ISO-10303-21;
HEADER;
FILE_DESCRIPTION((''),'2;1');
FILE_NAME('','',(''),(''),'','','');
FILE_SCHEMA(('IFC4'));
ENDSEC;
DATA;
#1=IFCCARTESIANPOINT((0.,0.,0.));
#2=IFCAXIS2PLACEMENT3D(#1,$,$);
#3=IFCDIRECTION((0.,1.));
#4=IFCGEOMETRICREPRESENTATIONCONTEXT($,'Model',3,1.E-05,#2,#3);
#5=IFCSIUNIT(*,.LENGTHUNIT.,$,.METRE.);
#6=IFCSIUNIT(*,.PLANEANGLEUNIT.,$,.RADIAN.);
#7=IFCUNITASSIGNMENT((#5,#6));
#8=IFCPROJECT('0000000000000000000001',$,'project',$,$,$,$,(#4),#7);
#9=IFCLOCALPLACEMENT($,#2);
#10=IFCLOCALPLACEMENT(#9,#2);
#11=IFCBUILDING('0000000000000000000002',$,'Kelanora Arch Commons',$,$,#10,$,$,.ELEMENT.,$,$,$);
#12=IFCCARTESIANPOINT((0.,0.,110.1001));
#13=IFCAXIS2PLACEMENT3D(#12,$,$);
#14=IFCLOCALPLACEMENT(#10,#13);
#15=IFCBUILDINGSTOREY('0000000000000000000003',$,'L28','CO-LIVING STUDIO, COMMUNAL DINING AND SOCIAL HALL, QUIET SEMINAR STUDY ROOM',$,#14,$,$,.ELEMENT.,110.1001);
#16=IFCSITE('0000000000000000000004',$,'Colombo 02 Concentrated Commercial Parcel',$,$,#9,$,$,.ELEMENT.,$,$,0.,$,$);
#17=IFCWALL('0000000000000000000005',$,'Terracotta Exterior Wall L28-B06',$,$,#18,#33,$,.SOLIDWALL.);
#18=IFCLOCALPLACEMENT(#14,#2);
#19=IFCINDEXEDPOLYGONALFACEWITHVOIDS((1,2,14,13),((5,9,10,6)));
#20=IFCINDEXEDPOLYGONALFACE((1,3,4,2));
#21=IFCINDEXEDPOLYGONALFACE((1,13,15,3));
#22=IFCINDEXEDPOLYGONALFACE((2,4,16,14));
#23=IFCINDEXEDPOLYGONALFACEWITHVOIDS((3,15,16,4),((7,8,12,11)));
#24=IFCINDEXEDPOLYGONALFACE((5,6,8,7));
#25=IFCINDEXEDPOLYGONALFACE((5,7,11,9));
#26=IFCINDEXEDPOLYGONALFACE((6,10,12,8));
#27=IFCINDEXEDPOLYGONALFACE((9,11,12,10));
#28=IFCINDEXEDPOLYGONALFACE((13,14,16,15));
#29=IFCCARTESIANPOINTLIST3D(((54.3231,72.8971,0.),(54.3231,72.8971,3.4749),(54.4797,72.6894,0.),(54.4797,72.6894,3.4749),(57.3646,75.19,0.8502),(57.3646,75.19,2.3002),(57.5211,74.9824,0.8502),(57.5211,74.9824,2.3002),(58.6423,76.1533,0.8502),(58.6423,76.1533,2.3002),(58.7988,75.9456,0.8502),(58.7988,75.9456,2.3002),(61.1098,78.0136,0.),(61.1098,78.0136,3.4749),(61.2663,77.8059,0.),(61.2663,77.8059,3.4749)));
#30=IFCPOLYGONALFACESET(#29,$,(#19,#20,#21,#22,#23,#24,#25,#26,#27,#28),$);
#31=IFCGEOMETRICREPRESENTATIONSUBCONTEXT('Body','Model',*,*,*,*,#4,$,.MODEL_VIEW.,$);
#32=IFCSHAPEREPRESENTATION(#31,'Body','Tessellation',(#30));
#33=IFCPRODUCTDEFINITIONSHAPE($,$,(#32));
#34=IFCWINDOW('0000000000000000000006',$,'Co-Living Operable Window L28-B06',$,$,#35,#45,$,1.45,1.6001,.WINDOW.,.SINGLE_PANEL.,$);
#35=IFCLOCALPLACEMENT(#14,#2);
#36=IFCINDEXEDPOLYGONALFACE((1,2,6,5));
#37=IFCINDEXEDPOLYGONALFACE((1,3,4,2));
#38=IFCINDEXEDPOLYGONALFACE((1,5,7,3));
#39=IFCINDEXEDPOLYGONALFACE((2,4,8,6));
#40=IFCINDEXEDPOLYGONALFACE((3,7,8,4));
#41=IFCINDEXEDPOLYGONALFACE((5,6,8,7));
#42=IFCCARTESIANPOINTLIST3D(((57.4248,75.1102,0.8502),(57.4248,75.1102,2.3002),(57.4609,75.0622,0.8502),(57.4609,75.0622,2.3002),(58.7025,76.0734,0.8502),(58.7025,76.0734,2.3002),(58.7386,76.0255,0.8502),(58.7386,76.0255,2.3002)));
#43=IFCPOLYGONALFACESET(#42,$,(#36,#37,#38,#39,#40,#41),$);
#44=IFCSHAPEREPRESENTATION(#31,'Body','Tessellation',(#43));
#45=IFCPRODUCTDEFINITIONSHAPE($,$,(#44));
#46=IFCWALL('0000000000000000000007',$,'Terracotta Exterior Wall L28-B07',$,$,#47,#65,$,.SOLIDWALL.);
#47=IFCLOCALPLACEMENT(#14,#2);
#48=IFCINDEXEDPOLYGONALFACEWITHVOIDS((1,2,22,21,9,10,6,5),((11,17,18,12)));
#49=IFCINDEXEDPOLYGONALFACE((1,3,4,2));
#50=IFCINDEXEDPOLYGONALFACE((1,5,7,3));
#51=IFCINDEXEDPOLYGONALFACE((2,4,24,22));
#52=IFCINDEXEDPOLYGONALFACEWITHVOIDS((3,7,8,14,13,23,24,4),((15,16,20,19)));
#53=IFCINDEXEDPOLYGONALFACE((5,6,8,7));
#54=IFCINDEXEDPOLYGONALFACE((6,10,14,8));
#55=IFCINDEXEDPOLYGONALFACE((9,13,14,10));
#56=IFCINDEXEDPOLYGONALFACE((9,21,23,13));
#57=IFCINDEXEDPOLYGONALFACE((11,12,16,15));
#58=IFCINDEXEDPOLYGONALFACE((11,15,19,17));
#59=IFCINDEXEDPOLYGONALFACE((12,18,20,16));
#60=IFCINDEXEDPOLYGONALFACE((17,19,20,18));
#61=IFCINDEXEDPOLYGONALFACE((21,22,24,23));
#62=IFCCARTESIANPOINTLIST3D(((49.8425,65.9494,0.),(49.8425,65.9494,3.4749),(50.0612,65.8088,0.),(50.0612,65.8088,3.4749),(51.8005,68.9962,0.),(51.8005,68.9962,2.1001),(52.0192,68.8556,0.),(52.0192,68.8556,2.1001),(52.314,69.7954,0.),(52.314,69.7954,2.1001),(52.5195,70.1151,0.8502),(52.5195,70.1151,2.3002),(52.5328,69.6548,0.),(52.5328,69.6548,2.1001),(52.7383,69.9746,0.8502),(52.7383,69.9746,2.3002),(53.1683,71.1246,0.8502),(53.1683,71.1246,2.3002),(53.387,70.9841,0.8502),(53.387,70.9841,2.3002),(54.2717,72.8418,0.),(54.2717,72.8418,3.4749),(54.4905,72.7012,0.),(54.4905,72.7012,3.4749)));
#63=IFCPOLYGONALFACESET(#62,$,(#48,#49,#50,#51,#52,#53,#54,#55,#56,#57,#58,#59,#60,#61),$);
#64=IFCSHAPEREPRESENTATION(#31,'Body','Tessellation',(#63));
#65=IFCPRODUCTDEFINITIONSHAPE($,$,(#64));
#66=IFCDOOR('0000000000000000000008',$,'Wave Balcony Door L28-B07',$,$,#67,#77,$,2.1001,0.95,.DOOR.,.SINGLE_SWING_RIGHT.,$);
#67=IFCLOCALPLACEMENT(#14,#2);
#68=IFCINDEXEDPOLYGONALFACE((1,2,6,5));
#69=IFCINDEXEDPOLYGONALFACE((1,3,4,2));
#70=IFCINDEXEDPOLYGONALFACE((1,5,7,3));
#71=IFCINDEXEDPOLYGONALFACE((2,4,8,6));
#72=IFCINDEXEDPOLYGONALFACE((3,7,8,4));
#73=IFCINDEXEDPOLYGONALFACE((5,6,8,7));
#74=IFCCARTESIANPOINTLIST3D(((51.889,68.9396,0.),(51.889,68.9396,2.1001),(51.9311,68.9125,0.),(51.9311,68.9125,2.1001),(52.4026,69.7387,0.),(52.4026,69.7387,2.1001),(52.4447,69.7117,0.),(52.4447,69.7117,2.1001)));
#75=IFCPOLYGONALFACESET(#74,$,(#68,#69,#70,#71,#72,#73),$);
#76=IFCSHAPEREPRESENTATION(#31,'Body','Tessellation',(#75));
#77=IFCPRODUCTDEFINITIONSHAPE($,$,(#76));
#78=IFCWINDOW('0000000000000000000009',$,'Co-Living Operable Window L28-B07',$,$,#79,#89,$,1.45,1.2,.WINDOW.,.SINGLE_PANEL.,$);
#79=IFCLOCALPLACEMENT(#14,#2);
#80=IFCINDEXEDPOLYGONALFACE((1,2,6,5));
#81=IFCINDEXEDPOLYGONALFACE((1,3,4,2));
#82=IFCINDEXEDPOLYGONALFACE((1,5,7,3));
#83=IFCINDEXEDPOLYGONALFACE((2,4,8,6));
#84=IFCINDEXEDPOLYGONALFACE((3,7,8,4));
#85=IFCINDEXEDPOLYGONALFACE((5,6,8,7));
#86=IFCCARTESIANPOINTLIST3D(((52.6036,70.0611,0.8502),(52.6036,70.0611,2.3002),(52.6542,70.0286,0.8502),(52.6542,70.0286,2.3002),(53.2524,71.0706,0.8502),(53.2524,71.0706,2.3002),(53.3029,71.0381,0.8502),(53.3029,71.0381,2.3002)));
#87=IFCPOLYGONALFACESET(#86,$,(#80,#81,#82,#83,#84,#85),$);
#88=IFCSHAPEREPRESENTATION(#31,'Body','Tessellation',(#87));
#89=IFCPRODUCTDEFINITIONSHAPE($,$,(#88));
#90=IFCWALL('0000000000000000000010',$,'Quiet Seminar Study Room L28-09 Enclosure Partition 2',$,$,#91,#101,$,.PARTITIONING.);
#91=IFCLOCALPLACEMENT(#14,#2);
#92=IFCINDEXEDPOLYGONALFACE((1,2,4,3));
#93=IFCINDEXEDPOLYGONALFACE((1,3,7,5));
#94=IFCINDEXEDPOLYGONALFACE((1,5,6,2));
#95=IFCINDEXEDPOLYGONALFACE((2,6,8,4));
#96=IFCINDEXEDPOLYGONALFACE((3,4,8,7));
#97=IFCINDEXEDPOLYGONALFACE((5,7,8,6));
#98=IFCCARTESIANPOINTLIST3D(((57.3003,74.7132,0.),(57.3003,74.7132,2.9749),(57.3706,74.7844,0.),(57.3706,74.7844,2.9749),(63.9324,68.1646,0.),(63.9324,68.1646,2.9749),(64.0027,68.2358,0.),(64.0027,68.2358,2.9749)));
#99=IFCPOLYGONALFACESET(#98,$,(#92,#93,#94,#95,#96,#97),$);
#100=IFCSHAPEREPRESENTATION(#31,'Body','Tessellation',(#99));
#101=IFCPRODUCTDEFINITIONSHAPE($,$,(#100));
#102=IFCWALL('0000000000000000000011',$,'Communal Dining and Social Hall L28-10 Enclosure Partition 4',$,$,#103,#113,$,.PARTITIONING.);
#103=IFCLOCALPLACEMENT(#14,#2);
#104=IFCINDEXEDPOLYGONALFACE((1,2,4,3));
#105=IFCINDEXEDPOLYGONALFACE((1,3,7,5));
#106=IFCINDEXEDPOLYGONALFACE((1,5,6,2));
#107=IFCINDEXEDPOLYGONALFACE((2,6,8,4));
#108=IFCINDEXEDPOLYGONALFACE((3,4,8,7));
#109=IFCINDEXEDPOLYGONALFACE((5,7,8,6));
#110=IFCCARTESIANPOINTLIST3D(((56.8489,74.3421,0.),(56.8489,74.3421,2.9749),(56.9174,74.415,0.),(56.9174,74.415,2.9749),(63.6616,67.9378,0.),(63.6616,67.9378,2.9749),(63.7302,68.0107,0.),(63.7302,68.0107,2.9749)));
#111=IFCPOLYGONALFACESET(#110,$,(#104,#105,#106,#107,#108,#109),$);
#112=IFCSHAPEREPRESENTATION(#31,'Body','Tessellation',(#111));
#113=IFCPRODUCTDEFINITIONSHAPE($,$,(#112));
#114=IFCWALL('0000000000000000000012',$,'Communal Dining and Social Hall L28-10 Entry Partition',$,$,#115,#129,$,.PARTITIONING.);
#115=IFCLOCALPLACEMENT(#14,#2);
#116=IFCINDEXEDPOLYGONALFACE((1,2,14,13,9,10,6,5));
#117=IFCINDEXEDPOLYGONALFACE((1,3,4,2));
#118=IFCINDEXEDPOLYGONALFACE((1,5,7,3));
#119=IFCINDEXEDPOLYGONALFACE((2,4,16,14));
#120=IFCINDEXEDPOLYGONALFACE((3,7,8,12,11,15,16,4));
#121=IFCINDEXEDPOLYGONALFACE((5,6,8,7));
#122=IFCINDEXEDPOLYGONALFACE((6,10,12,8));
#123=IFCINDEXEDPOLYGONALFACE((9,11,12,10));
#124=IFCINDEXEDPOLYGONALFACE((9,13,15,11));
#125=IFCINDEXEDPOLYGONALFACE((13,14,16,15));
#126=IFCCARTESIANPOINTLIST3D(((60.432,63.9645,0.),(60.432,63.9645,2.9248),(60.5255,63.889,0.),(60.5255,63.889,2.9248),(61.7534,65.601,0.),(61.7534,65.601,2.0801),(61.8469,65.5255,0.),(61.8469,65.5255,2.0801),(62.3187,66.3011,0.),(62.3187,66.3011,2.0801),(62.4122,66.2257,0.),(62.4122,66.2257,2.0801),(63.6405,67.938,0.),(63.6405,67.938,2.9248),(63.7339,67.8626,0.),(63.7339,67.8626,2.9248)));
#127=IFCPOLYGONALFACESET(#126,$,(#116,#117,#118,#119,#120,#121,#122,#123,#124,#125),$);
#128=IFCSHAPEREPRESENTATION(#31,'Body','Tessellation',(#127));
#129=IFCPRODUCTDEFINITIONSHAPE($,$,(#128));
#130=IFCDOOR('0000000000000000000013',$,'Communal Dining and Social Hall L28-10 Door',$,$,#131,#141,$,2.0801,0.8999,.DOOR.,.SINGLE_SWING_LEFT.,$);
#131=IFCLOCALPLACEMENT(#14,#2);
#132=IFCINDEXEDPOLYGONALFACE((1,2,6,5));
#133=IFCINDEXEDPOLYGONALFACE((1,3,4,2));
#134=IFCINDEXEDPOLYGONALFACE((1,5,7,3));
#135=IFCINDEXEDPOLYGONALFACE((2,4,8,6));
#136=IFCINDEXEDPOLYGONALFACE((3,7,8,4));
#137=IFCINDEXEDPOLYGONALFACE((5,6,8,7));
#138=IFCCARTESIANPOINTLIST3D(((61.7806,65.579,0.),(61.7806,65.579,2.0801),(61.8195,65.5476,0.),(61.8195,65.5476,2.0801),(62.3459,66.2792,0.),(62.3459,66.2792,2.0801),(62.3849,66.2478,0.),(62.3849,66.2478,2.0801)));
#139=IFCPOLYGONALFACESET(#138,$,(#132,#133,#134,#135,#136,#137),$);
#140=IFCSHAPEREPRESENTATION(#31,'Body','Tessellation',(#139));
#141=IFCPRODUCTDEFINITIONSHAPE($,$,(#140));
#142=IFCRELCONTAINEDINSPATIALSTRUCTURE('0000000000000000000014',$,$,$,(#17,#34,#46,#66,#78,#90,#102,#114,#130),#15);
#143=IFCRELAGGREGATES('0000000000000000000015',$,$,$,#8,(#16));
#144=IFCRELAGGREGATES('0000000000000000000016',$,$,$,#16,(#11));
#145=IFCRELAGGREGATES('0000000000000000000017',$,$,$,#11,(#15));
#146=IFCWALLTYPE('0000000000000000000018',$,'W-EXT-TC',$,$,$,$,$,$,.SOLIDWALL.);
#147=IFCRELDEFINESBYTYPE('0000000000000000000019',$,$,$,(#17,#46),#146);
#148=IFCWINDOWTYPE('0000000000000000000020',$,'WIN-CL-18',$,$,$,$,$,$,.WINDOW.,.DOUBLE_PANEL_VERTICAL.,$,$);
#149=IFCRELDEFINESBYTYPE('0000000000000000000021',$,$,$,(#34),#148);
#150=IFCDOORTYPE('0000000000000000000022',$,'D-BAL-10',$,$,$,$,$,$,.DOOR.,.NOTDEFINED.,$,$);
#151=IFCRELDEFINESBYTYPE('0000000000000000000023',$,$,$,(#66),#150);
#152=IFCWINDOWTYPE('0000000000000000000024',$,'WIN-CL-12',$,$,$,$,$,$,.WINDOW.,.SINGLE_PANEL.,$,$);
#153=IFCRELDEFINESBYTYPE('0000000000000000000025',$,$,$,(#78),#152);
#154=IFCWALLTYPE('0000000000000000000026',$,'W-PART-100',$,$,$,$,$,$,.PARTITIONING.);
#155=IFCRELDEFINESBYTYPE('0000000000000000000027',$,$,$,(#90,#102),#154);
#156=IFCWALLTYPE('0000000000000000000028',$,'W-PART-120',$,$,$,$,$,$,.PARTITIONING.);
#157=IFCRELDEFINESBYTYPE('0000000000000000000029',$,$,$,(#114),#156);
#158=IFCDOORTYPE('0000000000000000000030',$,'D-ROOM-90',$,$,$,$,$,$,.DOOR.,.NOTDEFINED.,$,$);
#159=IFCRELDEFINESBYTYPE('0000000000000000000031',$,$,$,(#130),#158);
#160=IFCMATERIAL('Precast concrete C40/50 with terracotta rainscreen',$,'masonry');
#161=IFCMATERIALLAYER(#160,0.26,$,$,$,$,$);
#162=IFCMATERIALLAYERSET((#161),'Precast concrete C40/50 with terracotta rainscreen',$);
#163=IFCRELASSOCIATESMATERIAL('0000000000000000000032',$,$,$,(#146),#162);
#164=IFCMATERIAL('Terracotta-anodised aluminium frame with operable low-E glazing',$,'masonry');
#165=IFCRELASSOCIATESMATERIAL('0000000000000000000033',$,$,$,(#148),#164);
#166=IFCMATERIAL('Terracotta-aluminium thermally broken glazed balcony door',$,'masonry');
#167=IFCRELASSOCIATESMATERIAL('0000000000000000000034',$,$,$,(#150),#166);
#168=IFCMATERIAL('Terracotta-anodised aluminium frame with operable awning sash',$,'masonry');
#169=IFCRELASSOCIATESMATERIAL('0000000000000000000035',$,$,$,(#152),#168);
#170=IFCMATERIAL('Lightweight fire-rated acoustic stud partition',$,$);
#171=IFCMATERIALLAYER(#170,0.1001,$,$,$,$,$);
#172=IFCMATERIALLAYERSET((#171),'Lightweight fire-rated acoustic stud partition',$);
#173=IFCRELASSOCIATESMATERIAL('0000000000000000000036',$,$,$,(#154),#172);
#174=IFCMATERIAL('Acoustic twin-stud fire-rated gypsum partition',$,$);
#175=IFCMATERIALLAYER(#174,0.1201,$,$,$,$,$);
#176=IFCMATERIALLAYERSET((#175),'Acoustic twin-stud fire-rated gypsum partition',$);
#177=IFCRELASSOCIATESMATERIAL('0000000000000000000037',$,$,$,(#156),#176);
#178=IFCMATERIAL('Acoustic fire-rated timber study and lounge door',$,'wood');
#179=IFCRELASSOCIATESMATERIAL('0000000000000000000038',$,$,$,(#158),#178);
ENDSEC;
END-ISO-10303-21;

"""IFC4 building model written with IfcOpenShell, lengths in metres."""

from ifc_helpers import new_model, si_unit, direction, frame, frame_2d, origin, place, context, subcontext, project, spatial, rectangle, extrude, material, layer, layer_set, type_object, element, fill, save


model = new_model("IFC4")

# Units and contexts
model_context = context("Model", 3, precision=1e-05, world=origin(), true_north=direction((0.0, 1.0)))
body_context = subcontext(model_context, "Body", "Model", "MODEL_VIEW")
ifc_project = project(units=[si_unit("LENGTHUNIT", "METRE"), si_unit("PLANEANGLEUNIT", "RADIAN")], contexts=[model_context])

# Site, building, storey
site_placement = place(None, origin())
site = spatial("IfcSite", under=ifc_project, at=site_placement, Name="Colombo 02 Concentrated Commercial Parcel", CompositionType="ELEMENT", RefElevation=0.0)
building_placement = place(site_placement, origin())
building = spatial("IfcBuilding", under=site, at=building_placement, Name="Kelanora Arch Commons", CompositionType="ELEMENT")
storey_placement = place(building_placement, frame((0.0, 0.0, 110.1001)))
storey = spatial("IfcBuildingStorey", under=building, at=storey_placement, Name="L28", Description="CO-LIVING STUDIO, COMMUNAL DINING AND SOCIAL HALL, QUIET SEMINAR STUDY ROOM", CompositionType="ELEMENT", Elevation=110.1001)

# Wall, opening, window
ifc_material_1 = material(Name="Precast concrete C40/50 with terracotta rainscreen", Category="masonry")
ifc_layer_1 = layer(ifc_material_1, 0.26)
ifc_layer_set_1 = layer_set([ifc_layer_1], Name="Precast concrete C40/50 with terracotta rainscreen")
wall_type_1 = type_object("IfcWallType", Name="W-EXT-TC", PredefinedType="SOLIDWALL", material=ifc_layer_set_1)
wall_1_placement = place(storey_placement, frame((61.188, 77.9097, 0.0), z_axis=(0.0, 0.0, 1.0), x_axis=(-0.798502, -0.601993, 0.0)))
wall_1 = element("IfcWall", 1, at=wall_1_placement, inside=storey, type_object=wall_type_1, Name="Terracotta Exterior Wall L28-B06", PredefinedType="SOLIDWALL", context=body_context, shape_type="SweptSolid", body=[
    extrude(rectangle(XDim=8.4993, YDim=0.26, at=frame_2d((4.2495, 0.0))), origin(), (0.0, 0.0, 1.0), 3.4749),
])
opening_1_placement = place(wall_1_placement, frame((3.0901, 0.0, 0.8501)))
opening_1 = element("IfcOpeningElement", 2, at=opening_1_placement, cuts=wall_1, PredefinedType="OPENING", context=body_context, shape_type="SweptSolid", body=[
    extrude(rectangle(XDim=1.6001, YDim=1.45, at=frame_2d((0.8, 0.7251))), frame((0.0, 0.1401, 0.0), z_axis=(0.0, -1.0, 0.0), x_axis=(1.0, 0.0, 0.0)), (0.0, 0.0, 1.0), 0.28),
])
ifc_material_2 = material(Name="Terracotta-anodised aluminium frame with operable low-E glazing", Category="masonry")
window_type_1 = type_object("IfcWindowType", Name="WIN-CL-18", PartitioningType="DOUBLE_PANEL_VERTICAL", PredefinedType="WINDOW", material=ifc_material_2)
window_1_placement = place(opening_1_placement, origin())
window_1 = element("IfcWindow", 3, at=window_1_placement, inside=storey, type_object=window_type_1, Name="Co-Living Operable Window L28-B06", OverallHeight=1.45, OverallWidth=1.6001, PartitioningType="SINGLE_PANEL", PredefinedType="WINDOW", context=body_context, shape_type="SweptSolid", body=[
    extrude(rectangle(XDim=1.6001, YDim=1.45, at=frame_2d((0.8, 0.7251))), frame((0.0, 0.03, 0.0), z_axis=(0.0, -1.0, 0.0), x_axis=(1.0, 0.0, 0.0)), (0.0, 0.0, 1.0), 0.0601),
])
fill(opening_1, window_1)

# Wall, openings, door, window
wall_2_placement = place(storey_placement, frame((54.3811, 72.7715, 0.0), z_axis=(0.0, 0.0, 1.0), x_axis=(-0.540621, -0.841267, 0.0)))
wall_2 = element("IfcWall", 4, at=wall_2_placement, inside=storey, type_object=wall_type_1, Name="Terracotta Exterior Wall L28-B07", PredefinedType="SOLIDWALL", context=body_context, shape_type="SweptSolid", body=[
    extrude(rectangle(XDim=8.1929, YDim=0.26, at=frame_2d((4.0964, 0.0))), origin(), (0.0, 0.0, 1.0), 3.4749),
])
opening_2_placement = place(wall_2_placement, frame((3.6211, 0.0, 0.0)))
opening_2 = element("IfcOpeningElement", 5, at=opening_2_placement, cuts=wall_2, PredefinedType="OPENING", context=body_context, shape_type="SweptSolid", body=[
    extrude(rectangle(XDim=0.95, YDim=2.1001, at=frame_2d((0.4751, 1.05))), frame((0.0, 0.1401, 0.0), z_axis=(0.0, -1.0, 0.0), x_axis=(1.0, 0.0, 0.0)), (0.0, 0.0, 1.0), 0.28),
])
opening_3_placement = place(wall_2_placement, frame((2.041, 0.0, 0.8501)))
opening_3 = element("IfcOpeningElement", 6, at=opening_3_placement, cuts=wall_2, PredefinedType="OPENING", context=body_context, shape_type="SweptSolid", body=[
    extrude(rectangle(XDim=1.2, YDim=1.45, at=frame_2d((0.6001, 0.7251))), frame((0.0, 0.1401, 0.0), z_axis=(0.0, -1.0, 0.0), x_axis=(1.0, 0.0, 0.0)), (0.0, 0.0, 1.0), 0.28),
])
ifc_material_3 = material(Name="Terracotta-aluminium thermally broken glazed balcony door", Category="masonry")
door_type_1 = type_object("IfcDoorType", Name="D-BAL-10", OperationType="NOTDEFINED", PredefinedType="DOOR", material=ifc_material_3)
door_1_placement = place(opening_2_placement, frame((0.95, 0.0, 0.0), z_axis=(0.0, 0.0, 1.0), x_axis=(-1.0, 0.0, 0.0)))
door_1 = element("IfcDoor", 7, at=door_1_placement, inside=storey, type_object=door_type_1, Name="Wave Balcony Door L28-B07", OperationType="SINGLE_SWING_RIGHT", OverallHeight=2.1001, OverallWidth=0.95, PredefinedType="DOOR", context=body_context, shape_type="SweptSolid", body=[
    extrude(rectangle(XDim=0.95, YDim=2.1001, at=frame_2d((0.4751, 1.05))), frame((0.0, 0.0249, 0.0), z_axis=(0.0, -1.0, 0.0), x_axis=(1.0, 0.0, 0.0)), (0.0, 0.0, 1.0), 0.05),
])
fill(opening_2, door_1)
ifc_material_4 = material(Name="Terracotta-anodised aluminium frame with operable awning sash", Category="masonry")
window_type_2 = type_object("IfcWindowType", Name="WIN-CL-12", PartitioningType="SINGLE_PANEL", PredefinedType="WINDOW", material=ifc_material_4)
window_2_placement = place(opening_3_placement, origin())
window_2 = element("IfcWindow", 8, at=window_2_placement, inside=storey, type_object=window_type_2, Name="Co-Living Operable Window L28-B07", OverallHeight=1.45, OverallWidth=1.2, PartitioningType="SINGLE_PANEL", PredefinedType="WINDOW", context=body_context, shape_type="SweptSolid", body=[
    extrude(rectangle(XDim=1.2, YDim=1.45, at=frame_2d((0.6001, 0.7251))), frame((0.0, 0.03, 0.0), z_axis=(0.0, -1.0, 0.0), x_axis=(1.0, 0.0, 0.0)), (0.0, 0.0, 1.0), 0.0601),
])
fill(opening_3, window_2)

# Walls
ifc_material_5 = material(Name="Lightweight fire-rated acoustic stud partition")
ifc_layer_2 = layer(ifc_material_5, 0.1001)
ifc_layer_set_2 = layer_set([ifc_layer_2], Name="Lightweight fire-rated acoustic stud partition")
wall_type_2 = type_object("IfcWallType", Name="W-PART-100", PredefinedType="PARTITIONING", material=ifc_layer_set_2)
wall_3_placement = place(storey_placement, frame((63.9675, 68.2002, 0.0), z_axis=(0.0, 0.0, 1.0), x_axis=(-0.711572, 0.702613, 0.0)))
element("IfcWall", 9, at=wall_3_placement, inside=storey, type_object=wall_type_2, Name="Quiet Seminar Study Room L28-09 Enclosure Partition 2", PredefinedType="PARTITIONING", context=body_context, shape_type="SweptSolid", body=[
    extrude(rectangle(XDim=9.3203, YDim=0.1001, at=frame_2d((4.6602, 0.0))), origin(), (0.0, 0.0, 1.0), 2.9749),
])
wall_4_placement = place(storey_placement, frame((56.8831, 74.3787, 0.0), z_axis=(0.0, 0.0, 1.0), x_axis=(0.728611, -0.684928, 0.0)))
element("IfcWall", 10, at=wall_4_placement, inside=storey, type_object=wall_type_2, Name="Communal Dining and Social Hall L28-10 Enclosure Partition 4", PredefinedType="PARTITIONING", context=body_context, shape_type="SweptSolid", body=[
    extrude(rectangle(XDim=9.3503, YDim=0.1001, at=frame_2d((4.6753, 0.0))), origin(), (0.0, 0.0, 1.0), 2.9749),
])

# Wall, opening, door
ifc_material_6 = material(Name="Acoustic twin-stud fire-rated gypsum partition")
ifc_layer_3 = layer(ifc_material_6, 0.1201)
ifc_layer_set_3 = layer_set([ifc_layer_3], Name="Acoustic twin-stud fire-rated gypsum partition")
wall_type_3 = type_object("IfcWallType", Name="W-PART-120", PredefinedType="PARTITIONING", material=ifc_layer_set_3)
wall_5_placement = place(storey_placement, frame((63.6873, 67.9004, 0.0), z_axis=(0.0, 0.0, 1.0), x_axis=(-0.628221, -0.778035, 0.0)))
wall_5 = element("IfcWall", 11, at=wall_5_placement, inside=storey, type_object=wall_type_3, Name="Communal Dining and Social Hall L28-10 Entry Partition", PredefinedType="PARTITIONING", context=body_context, shape_type="SweptSolid", body=[
    extrude(rectangle(XDim=5.1072, YDim=0.1201, at=frame_2d((2.5537, 0.0))), origin(), (0.0, 0.0, 1.0), 2.9248),
])
opening_4_placement = place(wall_5_placement, frame((2.104, 0.0, 0.0)))
opening_4 = element("IfcOpeningElement", 12, at=opening_4_placement, cuts=wall_5, PredefinedType="OPENING", context=body_context, shape_type="SweptSolid", body=[
    extrude(rectangle(XDim=0.8999, YDim=2.0801, at=frame_2d((0.45, 1.04))), frame((0.0, 0.0701, 0.0), z_axis=(0.0, -1.0, 0.0), x_axis=(1.0, 0.0, 0.0)), (0.0, 0.0, 1.0), 0.1401),
])
ifc_material_7 = material(Name="Acoustic fire-rated timber study and lounge door", Category="wood")
door_type_2 = type_object("IfcDoorType", Name="D-ROOM-90", OperationType="NOTDEFINED", PredefinedType="DOOR", material=ifc_material_7)
door_2_placement = place(opening_4_placement, origin())
door_2 = element("IfcDoor", 13, at=door_2_placement, inside=storey, type_object=door_type_2, Name="Communal Dining and Social Hall L28-10 Door", OperationType="SINGLE_SWING_LEFT", OverallHeight=2.0801, OverallWidth=0.8999, PredefinedType="DOOR", context=body_context, shape_type="SweptSolid", body=[
    extrude(rectangle(XDim=0.8999, YDim=2.0801, at=frame_2d((0.45, 1.04))), frame((0.0, 0.0249, 0.0), z_axis=(0.0, -1.0, 0.0), x_axis=(1.0, 0.0, 0.0)), (0.0, 0.0, 1.0), 0.05),
])
fill(opening_4, door_2)

save(model, "model.ifc")
